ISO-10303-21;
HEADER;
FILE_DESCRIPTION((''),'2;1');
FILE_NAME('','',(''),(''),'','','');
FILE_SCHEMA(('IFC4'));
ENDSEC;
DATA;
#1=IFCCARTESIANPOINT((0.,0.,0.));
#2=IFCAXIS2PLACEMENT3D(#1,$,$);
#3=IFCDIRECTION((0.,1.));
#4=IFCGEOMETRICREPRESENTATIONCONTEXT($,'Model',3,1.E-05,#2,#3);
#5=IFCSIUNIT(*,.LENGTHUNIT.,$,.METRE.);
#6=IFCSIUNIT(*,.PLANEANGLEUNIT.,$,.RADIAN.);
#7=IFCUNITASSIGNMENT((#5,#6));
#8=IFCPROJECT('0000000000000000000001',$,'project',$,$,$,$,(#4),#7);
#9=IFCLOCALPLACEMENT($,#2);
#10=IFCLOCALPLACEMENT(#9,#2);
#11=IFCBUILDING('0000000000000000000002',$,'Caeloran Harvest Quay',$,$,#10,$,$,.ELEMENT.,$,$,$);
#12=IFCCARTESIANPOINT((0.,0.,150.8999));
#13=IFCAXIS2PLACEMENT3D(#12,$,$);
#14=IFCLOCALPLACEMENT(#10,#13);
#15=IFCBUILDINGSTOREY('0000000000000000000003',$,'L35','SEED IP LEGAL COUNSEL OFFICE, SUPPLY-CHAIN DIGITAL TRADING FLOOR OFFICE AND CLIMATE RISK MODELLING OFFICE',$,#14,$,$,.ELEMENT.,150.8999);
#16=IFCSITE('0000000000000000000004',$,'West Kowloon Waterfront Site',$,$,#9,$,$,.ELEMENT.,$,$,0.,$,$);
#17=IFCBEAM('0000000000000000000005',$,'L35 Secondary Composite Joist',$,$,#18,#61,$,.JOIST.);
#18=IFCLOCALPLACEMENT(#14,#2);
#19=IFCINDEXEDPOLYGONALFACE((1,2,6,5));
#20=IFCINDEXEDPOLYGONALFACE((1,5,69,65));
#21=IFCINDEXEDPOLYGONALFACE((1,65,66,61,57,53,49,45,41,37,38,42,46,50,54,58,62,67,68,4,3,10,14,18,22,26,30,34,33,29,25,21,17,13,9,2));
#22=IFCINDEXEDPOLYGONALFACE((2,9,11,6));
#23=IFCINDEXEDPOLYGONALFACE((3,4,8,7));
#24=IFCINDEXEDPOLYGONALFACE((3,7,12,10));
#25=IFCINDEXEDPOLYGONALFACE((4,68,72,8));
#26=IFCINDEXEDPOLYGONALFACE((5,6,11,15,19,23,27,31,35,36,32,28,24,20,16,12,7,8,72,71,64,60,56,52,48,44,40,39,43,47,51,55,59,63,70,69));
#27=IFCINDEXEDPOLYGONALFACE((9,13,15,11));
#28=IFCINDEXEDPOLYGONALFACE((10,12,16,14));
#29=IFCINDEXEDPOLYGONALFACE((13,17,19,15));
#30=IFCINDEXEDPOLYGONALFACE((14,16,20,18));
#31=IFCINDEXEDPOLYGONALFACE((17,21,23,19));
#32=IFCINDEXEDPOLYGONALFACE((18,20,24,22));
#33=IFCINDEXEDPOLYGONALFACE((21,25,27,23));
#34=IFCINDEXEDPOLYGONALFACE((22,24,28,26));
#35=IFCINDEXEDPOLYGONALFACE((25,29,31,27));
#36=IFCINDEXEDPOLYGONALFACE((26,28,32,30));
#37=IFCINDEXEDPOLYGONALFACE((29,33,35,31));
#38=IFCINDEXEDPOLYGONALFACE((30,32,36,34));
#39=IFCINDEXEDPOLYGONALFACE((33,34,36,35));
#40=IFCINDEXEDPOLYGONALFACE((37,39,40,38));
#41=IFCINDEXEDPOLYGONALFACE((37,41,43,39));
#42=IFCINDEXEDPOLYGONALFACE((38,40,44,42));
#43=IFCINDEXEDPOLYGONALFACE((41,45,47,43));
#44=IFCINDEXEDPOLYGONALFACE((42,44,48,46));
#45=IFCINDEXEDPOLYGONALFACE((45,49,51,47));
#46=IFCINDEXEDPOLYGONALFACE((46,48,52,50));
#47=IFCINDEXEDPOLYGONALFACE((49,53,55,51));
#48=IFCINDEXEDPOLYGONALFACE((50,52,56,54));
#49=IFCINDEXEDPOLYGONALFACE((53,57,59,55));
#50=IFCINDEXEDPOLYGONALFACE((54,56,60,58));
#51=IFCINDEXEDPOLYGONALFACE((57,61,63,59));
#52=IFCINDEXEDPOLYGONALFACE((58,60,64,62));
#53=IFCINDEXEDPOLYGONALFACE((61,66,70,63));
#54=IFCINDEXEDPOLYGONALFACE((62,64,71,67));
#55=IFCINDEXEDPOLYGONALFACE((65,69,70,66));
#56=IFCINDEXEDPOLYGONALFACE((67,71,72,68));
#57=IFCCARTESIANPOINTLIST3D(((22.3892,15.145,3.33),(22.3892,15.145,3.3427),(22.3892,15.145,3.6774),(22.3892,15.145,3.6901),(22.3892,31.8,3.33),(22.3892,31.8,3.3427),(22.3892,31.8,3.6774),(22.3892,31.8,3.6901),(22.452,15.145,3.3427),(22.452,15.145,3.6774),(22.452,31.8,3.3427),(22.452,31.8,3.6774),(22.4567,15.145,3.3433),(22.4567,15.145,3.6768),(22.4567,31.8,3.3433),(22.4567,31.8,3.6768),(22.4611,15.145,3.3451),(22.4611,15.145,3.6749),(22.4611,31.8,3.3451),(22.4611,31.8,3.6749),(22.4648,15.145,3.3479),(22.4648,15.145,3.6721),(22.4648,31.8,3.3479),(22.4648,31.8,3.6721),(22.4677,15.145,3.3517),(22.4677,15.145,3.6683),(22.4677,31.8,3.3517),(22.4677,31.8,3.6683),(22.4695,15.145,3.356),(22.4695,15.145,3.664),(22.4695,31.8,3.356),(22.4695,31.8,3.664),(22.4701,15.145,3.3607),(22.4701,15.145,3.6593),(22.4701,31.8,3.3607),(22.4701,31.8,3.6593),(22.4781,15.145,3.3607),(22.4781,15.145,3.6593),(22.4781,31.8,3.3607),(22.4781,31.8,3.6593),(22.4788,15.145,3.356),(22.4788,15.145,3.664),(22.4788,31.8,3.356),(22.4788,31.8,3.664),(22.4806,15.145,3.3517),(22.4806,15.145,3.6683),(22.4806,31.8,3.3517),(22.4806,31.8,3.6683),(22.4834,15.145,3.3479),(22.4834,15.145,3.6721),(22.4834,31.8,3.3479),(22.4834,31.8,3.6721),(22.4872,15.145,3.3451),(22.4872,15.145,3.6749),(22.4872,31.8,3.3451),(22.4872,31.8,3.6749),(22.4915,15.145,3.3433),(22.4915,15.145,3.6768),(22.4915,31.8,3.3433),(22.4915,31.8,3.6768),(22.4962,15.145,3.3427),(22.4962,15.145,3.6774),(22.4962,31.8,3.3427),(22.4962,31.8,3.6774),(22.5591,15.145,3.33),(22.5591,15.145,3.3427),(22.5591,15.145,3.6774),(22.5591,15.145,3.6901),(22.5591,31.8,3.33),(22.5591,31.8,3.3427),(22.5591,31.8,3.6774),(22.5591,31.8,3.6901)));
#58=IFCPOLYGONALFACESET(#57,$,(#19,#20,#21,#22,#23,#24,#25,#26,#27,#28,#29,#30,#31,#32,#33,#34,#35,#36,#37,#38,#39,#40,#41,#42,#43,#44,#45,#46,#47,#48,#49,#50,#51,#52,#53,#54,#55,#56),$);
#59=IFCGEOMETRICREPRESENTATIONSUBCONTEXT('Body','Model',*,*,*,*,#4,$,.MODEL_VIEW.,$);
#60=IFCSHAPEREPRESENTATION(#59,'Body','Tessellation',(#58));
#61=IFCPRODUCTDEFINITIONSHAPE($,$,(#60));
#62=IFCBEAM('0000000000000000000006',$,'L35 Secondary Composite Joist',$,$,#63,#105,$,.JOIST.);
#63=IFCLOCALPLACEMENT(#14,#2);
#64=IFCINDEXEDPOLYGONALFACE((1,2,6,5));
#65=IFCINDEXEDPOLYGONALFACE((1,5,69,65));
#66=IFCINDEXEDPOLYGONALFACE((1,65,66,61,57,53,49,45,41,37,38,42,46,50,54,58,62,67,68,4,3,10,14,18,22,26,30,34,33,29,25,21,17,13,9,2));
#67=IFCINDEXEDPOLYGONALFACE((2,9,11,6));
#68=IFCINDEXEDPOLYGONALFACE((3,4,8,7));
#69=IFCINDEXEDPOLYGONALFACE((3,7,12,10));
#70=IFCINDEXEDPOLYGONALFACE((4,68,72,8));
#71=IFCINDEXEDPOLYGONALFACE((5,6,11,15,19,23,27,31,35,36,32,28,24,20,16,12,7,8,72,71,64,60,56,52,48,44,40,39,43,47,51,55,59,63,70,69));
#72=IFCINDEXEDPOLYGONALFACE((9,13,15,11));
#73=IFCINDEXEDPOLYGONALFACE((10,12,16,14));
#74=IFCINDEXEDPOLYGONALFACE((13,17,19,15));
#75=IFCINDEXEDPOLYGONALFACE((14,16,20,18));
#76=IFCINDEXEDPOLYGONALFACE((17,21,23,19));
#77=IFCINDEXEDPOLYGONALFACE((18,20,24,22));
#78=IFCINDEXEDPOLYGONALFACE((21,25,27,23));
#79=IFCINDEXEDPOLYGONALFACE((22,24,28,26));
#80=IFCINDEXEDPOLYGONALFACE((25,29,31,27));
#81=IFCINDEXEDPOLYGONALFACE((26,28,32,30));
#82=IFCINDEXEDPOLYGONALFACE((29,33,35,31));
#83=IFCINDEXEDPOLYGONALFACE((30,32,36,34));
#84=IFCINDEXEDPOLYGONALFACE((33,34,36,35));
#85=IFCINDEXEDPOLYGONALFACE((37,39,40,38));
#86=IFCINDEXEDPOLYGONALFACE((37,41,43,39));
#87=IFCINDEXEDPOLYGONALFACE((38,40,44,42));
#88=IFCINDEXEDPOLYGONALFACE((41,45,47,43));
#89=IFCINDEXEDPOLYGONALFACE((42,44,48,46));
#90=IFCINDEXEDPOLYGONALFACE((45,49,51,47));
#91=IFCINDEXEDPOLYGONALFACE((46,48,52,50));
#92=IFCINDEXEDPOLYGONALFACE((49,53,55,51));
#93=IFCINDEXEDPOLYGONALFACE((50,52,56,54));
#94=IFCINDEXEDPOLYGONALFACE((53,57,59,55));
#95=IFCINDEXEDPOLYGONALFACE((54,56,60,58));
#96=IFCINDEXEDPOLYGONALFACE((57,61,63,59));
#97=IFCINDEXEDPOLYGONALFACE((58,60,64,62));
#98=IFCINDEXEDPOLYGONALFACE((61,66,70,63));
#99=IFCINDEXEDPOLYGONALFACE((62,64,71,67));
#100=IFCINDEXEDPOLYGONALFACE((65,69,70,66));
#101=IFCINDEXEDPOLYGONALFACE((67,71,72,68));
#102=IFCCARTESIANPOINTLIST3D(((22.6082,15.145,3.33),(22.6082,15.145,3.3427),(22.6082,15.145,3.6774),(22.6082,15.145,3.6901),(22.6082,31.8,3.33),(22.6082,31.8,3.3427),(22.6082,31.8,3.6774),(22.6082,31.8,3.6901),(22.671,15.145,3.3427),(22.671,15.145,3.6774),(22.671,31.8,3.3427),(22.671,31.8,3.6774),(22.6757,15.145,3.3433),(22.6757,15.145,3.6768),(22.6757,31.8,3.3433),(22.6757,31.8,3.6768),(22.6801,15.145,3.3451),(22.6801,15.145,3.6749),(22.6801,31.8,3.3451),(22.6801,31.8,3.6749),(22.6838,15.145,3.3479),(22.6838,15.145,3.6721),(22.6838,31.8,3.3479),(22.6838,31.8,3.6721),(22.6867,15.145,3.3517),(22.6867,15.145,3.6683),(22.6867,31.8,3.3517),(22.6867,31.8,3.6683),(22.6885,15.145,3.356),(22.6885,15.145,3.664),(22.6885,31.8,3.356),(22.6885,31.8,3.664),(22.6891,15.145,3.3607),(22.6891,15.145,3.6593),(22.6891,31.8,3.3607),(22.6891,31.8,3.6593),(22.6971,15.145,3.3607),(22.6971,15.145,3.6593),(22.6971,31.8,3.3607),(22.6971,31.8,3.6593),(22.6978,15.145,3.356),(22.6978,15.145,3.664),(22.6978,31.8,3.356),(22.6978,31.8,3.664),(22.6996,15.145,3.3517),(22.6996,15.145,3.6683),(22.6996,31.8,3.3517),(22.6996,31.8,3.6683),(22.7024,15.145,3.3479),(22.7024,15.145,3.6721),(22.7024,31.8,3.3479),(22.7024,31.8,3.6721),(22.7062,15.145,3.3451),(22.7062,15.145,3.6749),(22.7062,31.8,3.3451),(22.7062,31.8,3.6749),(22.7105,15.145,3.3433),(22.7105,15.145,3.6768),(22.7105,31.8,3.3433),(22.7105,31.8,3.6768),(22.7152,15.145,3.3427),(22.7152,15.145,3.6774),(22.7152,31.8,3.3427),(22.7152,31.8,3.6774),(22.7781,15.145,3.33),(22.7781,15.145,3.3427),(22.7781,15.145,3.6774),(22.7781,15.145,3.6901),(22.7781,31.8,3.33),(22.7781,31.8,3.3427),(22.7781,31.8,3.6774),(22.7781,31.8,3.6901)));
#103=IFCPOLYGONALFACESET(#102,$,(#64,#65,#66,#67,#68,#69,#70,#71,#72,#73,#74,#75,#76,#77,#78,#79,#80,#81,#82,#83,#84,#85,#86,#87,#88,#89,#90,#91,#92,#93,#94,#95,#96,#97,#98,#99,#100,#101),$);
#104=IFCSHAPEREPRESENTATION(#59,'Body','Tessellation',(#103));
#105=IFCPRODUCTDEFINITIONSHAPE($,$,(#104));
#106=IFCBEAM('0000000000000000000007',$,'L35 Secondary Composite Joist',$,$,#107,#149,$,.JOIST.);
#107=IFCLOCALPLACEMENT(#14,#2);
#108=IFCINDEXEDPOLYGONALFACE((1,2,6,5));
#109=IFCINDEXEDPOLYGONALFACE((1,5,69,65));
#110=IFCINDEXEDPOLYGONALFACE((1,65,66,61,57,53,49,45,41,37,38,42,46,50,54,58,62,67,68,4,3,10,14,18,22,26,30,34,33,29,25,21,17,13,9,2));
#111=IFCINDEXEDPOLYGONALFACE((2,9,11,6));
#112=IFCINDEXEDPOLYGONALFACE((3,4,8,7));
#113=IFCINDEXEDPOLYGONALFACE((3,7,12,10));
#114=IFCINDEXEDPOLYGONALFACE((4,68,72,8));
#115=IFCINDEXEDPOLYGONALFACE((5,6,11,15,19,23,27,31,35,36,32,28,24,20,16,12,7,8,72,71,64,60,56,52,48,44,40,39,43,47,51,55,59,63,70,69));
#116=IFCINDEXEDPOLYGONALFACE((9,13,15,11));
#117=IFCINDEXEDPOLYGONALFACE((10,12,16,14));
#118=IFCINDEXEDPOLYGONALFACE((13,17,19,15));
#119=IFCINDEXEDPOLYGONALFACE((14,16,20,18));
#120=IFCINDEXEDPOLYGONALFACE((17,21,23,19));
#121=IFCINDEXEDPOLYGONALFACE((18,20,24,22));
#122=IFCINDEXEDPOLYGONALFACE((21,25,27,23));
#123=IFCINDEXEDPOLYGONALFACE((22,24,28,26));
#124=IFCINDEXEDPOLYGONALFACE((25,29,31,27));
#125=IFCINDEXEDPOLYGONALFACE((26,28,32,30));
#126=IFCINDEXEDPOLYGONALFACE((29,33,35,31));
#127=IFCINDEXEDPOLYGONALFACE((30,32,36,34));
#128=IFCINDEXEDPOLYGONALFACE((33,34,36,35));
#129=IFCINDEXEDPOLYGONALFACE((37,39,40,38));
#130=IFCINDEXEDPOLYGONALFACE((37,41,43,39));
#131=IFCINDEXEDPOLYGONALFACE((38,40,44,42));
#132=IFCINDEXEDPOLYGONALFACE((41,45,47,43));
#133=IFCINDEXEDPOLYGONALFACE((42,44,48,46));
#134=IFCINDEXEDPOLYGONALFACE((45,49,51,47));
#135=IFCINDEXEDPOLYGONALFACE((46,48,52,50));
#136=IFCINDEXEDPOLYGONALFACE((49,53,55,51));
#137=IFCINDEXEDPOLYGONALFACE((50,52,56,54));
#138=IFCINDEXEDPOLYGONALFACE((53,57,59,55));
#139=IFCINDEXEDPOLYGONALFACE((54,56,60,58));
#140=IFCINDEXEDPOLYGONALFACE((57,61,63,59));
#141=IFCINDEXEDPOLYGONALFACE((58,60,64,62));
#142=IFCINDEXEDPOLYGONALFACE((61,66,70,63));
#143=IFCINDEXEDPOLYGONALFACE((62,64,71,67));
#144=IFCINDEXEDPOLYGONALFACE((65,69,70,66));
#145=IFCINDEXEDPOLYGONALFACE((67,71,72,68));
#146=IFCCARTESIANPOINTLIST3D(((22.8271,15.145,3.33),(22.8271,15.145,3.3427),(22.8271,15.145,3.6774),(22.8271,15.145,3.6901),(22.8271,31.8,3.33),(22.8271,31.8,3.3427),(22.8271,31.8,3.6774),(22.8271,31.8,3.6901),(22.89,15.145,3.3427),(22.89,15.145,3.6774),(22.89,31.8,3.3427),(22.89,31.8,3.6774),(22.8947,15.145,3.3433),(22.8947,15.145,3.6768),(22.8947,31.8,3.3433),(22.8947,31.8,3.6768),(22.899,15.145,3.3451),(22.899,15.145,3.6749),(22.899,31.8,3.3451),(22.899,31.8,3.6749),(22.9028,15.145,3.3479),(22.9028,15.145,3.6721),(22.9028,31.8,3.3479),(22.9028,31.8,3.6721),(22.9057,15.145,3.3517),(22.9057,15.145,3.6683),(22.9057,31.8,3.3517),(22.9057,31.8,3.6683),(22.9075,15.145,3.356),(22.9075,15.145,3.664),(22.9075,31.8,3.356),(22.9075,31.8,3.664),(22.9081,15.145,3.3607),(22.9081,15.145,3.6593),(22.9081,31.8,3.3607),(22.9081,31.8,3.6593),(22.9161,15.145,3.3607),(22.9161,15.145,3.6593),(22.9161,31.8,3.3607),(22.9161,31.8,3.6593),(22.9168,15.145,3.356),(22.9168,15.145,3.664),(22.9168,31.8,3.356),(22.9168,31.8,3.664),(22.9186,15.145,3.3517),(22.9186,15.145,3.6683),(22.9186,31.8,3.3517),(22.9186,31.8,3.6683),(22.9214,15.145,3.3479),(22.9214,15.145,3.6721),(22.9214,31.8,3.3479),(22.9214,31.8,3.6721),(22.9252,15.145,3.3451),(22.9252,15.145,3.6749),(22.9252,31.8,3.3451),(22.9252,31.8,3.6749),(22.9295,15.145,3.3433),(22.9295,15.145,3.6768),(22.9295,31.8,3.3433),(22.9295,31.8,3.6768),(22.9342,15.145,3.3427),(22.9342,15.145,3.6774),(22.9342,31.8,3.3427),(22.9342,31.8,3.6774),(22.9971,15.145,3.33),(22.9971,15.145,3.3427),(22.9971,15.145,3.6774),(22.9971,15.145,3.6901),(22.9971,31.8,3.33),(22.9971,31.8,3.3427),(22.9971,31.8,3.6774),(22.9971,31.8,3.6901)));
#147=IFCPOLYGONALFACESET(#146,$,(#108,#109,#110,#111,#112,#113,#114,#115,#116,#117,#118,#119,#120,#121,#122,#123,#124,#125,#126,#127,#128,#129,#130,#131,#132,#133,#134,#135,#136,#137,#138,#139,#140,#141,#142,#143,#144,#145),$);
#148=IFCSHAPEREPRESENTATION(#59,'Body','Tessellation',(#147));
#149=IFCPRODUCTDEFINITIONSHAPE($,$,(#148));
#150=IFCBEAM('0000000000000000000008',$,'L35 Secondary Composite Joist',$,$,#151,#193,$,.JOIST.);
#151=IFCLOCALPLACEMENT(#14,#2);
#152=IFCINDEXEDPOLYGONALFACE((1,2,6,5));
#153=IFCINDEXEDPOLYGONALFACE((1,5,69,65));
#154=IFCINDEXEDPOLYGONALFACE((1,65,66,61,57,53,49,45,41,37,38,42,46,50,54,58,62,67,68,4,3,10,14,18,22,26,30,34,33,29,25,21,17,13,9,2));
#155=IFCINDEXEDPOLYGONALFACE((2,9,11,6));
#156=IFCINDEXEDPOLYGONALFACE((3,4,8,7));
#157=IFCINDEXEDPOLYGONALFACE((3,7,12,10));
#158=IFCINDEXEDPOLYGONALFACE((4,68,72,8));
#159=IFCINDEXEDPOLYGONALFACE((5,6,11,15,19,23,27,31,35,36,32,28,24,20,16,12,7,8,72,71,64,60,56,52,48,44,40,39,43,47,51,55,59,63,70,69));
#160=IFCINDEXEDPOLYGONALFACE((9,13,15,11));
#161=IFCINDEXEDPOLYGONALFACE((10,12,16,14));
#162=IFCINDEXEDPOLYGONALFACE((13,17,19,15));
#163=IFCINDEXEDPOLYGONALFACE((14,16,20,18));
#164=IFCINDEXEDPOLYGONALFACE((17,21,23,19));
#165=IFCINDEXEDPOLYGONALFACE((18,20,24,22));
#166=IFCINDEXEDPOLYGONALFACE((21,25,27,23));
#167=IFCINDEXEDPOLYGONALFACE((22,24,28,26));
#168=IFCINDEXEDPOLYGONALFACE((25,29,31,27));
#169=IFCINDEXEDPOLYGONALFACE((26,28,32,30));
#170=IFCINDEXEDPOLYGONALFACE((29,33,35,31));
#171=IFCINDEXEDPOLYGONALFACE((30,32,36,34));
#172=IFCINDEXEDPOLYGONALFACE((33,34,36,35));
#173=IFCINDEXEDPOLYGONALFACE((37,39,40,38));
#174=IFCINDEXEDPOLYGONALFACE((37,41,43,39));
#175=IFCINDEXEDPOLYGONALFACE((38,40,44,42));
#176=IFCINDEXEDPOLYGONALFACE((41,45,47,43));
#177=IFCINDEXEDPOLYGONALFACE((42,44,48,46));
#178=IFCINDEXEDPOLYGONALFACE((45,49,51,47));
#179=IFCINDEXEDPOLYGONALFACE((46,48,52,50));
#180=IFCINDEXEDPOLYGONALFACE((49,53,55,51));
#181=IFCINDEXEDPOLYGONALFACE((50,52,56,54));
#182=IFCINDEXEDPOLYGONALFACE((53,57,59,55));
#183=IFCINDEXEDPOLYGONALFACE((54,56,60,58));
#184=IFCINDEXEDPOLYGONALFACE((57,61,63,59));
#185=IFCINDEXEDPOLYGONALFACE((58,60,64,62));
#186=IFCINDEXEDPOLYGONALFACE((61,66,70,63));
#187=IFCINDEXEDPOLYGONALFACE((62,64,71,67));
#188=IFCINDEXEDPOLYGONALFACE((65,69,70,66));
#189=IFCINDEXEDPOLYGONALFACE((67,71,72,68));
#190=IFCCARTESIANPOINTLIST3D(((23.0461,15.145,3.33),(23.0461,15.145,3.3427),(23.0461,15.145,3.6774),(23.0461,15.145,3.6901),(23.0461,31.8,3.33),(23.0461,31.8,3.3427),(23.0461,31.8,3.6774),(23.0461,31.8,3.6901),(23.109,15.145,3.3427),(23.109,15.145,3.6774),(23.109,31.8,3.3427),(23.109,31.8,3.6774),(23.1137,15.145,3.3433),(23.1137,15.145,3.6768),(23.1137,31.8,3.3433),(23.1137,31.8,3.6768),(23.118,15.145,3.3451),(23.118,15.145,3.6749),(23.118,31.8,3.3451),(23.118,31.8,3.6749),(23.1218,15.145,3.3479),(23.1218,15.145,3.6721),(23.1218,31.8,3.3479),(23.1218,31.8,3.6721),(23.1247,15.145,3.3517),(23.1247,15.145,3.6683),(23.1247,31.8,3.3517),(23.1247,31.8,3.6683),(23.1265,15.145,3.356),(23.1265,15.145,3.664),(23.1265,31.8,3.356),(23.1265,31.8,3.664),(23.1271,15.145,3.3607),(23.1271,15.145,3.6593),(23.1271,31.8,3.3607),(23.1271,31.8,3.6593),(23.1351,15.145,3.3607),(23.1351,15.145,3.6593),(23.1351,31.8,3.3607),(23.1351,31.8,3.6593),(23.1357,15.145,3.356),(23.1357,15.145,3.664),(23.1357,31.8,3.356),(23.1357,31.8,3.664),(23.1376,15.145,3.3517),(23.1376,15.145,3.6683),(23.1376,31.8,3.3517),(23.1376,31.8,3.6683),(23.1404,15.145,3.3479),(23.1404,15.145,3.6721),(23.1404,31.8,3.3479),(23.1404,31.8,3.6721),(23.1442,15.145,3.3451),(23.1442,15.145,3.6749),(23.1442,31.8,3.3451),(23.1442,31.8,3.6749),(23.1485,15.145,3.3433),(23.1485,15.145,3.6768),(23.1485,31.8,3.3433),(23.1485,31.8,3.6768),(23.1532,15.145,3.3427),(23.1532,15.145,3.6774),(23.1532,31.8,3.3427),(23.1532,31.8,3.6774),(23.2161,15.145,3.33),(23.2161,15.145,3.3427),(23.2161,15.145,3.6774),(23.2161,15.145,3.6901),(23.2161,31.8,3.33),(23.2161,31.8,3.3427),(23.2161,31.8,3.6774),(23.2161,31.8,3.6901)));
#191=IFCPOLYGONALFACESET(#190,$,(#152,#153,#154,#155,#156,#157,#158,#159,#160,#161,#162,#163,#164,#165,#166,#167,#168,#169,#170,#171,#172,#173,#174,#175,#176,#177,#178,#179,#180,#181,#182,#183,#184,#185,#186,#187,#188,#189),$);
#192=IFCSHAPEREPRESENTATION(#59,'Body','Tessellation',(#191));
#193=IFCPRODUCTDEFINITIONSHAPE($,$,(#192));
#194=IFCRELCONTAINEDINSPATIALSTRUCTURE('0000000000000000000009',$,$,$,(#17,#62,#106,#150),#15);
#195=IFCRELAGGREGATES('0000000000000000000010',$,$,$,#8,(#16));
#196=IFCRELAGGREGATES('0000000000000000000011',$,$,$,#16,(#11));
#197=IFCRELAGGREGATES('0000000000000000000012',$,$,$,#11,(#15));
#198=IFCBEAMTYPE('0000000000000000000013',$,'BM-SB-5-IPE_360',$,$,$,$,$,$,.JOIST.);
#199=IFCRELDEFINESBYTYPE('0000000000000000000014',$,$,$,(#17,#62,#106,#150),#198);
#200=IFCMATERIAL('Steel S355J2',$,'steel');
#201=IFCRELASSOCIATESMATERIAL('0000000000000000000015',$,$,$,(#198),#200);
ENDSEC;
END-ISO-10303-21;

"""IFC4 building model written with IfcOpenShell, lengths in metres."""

from ifc_helpers import new_model, si_unit, direction, frame, origin, origin_2d, place, context, subcontext, project, spatial, i_section, extrude, material, material_profile, profile_set, type_object, element, save


model = new_model("IFC4")

# Units and contexts
model_context = context("Model", 3, precision=1e-05, world=origin(), true_north=direction((0.0, 1.0)))
body_context = subcontext(model_context, "Body", "Model", "MODEL_VIEW")
ifc_project = project(units=[si_unit("LENGTHUNIT", "METRE"), si_unit("PLANEANGLEUNIT", "RADIAN")], contexts=[model_context])

# Site, building, storey
site_placement = place(None, origin())
site = spatial("IfcSite", under=ifc_project, at=site_placement, Name="West Kowloon Waterfront Site", CompositionType="ELEMENT", RefElevation=0.0)
building_placement = place(site_placement, origin())
building = spatial("IfcBuilding", under=site, at=building_placement, Name="Caeloran Harvest Quay", CompositionType="ELEMENT")
storey_placement = place(building_placement, frame((0.0, 0.0, 150.8999)))
storey = spatial("IfcBuildingStorey", under=building, at=storey_placement, Name="L35", Description="SEED IP LEGAL COUNSEL OFFICE, SUPPLY-CHAIN DIGITAL TRADING FLOOR OFFICE AND CLIMATE RISK MODELLING OFFICE", CompositionType="ELEMENT", Elevation=150.8999)

# Beams
ifc_material_1 = material(Name="Steel S355J2", Category="steel")
ifc_material_profile_1 = material_profile(ifc_material_1, i_section(OverallWidth=0.1699, OverallDepth=0.3601, WebThickness=0.0081, FlangeThickness=0.0127, FilletRadius=0.0181, at=origin_2d()), Name="IPE 360")
ifc_profile_set_1 = profile_set([ifc_material_profile_1], Name="Steel S355J2")
beam_type_1 = type_object("IfcBeamType", Name="BM-SB-5-IPE_360", PredefinedType="JOIST", material=ifc_profile_set_1)
for number, where, z_axis, x_axis, name in (
    (1, (22.4741, 15.145, 3.51), (0.0, 1.0, 0.0), (-1.0, 0.0, 0.0), "L35 Secondary Composite Joist"),
    (2, (22.6931, 15.145, 3.51), (0.0, 1.0, 0.0), (-1.0, 0.0, 0.0), "L35 Secondary Composite Joist"),
    (3, (22.9121, 15.145, 3.51), (0.0, 1.0, 0.0), (-1.0, 0.0, 0.0), "L35 Secondary Composite Joist"),
    (4, (23.1311, 15.145, 3.51), (0.0, 1.0, 0.0), (-1.0, 0.0, 0.0), "L35 Secondary Composite Joist"),
):
    element("IfcBeam", number, at=place(storey_placement, frame(where, z_axis=z_axis, x_axis=x_axis)), inside=storey, type_object=beam_type_1, Name=name, PredefinedType="JOIST", context=body_context, shape_type="SweptSolid", body=[
        extrude(i_section(OverallWidth=0.1699, OverallDepth=0.3601, WebThickness=0.0081, FlangeThickness=0.0127, FilletRadius=0.0181, at=origin_2d()), origin(), (0.0, 0.0, 1.0), 16.655),
    ])

save(model, "model.ifc")
